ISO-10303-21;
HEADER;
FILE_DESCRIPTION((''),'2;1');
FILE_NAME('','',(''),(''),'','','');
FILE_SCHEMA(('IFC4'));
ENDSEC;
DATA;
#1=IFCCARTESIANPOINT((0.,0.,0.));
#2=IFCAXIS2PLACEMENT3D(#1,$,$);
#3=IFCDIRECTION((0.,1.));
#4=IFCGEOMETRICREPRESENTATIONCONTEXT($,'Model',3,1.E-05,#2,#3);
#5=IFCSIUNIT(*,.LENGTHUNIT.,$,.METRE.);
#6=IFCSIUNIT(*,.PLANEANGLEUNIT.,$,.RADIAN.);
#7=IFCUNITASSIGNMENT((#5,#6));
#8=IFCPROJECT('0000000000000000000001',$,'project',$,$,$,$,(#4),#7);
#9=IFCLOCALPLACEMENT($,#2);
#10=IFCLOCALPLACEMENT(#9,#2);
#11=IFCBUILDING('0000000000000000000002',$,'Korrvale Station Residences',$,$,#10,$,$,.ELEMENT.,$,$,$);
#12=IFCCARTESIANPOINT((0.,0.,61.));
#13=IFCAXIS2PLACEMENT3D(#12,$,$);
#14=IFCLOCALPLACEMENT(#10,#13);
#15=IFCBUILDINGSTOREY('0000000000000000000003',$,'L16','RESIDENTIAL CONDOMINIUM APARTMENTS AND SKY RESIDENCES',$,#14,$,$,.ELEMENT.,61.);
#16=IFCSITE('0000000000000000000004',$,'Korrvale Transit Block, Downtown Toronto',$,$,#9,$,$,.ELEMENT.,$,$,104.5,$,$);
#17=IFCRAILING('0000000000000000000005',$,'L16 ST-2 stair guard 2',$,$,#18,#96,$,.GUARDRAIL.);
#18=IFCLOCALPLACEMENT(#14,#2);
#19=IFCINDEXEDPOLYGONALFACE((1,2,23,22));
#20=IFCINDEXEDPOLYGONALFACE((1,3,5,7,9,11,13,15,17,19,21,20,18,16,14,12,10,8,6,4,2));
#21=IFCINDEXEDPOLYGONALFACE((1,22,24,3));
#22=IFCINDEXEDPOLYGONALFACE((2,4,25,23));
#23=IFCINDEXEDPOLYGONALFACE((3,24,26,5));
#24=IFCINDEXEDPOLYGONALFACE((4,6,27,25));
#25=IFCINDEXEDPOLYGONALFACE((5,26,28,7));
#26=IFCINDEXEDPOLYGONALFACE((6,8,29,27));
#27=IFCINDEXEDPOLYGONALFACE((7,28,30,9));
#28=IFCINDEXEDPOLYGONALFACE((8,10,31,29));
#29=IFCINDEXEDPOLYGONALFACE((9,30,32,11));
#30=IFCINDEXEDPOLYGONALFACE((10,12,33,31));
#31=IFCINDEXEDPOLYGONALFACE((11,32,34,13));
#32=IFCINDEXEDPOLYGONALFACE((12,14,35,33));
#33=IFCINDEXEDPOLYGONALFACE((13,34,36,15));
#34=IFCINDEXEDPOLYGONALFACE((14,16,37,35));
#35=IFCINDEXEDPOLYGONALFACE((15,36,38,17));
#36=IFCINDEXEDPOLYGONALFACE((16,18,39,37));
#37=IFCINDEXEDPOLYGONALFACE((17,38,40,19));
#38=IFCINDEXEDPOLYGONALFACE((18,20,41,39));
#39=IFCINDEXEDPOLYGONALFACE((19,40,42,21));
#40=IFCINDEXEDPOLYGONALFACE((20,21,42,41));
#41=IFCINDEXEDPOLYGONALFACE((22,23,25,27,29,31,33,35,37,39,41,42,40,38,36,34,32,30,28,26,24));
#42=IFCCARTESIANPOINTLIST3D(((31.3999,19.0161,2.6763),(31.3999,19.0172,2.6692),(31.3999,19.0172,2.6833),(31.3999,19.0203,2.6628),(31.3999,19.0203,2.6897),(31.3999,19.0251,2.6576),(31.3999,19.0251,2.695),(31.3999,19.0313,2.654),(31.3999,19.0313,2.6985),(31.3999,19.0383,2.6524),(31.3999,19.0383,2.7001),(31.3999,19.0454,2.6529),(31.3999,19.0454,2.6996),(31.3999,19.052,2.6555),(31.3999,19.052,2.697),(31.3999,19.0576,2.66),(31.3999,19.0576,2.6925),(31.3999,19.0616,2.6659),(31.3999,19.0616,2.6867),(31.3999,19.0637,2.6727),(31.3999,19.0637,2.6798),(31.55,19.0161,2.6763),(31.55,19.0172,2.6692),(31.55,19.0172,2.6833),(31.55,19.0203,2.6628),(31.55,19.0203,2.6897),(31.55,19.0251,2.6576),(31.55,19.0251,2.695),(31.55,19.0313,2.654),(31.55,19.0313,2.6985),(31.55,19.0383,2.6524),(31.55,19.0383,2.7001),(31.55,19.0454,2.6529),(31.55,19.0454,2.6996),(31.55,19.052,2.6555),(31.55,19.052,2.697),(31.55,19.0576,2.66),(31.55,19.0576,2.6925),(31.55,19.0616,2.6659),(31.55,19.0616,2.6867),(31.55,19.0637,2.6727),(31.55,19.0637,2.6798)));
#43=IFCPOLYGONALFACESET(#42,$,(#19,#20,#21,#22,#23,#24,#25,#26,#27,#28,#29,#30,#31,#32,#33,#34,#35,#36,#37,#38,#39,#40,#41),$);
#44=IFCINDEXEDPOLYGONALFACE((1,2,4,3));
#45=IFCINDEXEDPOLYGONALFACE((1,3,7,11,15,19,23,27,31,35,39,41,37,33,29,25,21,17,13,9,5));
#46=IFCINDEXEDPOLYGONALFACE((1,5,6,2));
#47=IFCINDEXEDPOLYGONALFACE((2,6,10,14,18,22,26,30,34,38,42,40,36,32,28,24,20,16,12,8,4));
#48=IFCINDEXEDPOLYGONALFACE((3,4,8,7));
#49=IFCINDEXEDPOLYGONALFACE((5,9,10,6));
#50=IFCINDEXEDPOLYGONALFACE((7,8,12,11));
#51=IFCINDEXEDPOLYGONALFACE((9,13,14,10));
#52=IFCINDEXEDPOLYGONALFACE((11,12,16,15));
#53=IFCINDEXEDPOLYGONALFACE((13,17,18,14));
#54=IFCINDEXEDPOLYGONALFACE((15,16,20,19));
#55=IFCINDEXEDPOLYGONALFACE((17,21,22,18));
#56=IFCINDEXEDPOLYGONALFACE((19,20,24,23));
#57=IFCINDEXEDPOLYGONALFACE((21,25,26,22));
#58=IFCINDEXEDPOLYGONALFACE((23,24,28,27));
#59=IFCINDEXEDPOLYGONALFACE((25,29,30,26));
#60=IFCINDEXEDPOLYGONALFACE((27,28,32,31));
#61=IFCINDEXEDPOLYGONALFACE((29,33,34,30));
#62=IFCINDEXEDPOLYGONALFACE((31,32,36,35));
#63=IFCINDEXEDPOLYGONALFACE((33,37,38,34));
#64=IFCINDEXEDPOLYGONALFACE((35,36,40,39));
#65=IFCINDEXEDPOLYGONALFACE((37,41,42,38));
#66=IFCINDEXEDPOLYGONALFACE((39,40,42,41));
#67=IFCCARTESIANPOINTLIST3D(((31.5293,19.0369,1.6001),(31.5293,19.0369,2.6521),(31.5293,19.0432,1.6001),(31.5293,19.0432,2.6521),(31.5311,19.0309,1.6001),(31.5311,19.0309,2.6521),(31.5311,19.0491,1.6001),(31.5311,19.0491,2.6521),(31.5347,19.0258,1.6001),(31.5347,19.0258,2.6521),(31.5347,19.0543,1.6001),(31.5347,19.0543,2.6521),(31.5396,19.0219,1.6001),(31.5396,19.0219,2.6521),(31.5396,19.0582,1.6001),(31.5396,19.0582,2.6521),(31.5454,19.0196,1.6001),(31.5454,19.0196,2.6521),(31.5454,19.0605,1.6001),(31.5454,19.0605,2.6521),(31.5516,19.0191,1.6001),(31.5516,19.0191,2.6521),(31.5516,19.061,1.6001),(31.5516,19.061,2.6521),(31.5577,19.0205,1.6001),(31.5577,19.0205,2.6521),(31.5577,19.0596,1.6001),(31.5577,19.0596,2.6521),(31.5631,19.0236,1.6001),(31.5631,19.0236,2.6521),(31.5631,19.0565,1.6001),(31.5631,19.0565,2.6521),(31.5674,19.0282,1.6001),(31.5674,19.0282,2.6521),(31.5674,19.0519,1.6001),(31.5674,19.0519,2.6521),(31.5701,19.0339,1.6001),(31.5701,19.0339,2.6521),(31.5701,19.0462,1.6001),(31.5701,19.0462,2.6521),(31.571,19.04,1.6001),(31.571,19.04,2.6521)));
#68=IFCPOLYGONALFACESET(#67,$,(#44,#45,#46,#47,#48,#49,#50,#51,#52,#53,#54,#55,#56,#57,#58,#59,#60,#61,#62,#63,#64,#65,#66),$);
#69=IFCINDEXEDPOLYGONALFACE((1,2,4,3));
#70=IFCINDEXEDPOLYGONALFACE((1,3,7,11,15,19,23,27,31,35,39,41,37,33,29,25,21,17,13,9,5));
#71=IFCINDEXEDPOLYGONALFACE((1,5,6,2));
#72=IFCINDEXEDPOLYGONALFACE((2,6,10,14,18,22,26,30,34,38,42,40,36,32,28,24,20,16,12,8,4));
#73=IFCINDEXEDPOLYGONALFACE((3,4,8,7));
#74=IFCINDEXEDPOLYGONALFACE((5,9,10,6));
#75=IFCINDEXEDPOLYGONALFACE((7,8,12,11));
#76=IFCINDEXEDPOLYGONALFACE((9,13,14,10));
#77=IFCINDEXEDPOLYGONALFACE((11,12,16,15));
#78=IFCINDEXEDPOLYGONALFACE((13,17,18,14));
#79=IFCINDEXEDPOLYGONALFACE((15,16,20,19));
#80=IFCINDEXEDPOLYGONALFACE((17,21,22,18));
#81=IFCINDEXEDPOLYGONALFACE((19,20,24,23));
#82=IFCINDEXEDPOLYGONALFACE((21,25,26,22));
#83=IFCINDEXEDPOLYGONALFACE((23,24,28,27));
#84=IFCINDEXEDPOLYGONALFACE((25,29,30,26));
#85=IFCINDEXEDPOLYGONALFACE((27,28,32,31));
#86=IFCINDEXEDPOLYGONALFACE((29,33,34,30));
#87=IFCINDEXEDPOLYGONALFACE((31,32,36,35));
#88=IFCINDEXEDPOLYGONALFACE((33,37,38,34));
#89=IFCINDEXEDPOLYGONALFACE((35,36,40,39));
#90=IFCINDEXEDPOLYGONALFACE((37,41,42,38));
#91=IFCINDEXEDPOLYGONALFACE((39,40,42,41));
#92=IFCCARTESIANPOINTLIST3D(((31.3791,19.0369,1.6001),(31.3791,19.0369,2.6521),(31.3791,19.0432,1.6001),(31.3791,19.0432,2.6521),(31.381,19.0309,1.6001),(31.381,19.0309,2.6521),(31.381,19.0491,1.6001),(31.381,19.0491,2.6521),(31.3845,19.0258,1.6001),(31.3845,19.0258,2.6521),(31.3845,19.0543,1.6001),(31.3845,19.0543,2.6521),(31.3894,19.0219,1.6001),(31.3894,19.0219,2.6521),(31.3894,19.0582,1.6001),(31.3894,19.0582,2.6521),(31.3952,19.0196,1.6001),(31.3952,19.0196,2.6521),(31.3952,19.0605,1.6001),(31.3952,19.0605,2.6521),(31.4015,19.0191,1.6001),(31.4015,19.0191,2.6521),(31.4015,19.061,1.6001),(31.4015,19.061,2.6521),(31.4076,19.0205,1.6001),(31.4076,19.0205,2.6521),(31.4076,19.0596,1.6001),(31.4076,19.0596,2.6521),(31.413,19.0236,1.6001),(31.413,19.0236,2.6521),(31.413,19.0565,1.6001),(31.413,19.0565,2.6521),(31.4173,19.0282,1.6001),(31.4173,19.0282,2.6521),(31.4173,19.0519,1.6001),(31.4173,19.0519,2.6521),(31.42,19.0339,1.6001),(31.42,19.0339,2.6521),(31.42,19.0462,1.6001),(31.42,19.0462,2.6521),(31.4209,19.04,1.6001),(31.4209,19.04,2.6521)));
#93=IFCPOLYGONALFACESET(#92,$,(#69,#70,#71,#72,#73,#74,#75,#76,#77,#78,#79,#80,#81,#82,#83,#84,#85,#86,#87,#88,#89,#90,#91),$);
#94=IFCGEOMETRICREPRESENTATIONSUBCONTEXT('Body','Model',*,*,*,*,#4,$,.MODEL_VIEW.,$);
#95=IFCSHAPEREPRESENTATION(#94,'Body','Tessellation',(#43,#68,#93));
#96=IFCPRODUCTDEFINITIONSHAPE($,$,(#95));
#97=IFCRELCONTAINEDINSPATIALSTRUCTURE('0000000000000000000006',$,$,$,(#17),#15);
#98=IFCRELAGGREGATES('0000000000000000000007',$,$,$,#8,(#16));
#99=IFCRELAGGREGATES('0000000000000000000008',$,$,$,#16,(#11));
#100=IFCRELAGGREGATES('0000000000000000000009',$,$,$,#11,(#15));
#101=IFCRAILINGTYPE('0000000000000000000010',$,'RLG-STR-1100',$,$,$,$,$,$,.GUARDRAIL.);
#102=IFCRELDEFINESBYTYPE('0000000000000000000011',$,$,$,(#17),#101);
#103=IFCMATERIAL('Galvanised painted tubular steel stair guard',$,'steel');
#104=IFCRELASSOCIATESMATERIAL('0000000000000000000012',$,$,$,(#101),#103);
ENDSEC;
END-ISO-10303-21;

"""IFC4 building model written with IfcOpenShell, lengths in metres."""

from ifc_helpers import new_model, si_unit, direction, frame, origin, origin_2d, place, context, subcontext, project, spatial, circle, extrude, material, type_object, element, save


model = new_model("IFC4")

# Units and contexts
model_context = context("Model", 3, precision=1e-05, world=origin(), true_north=direction((0.0, 1.0)))
body_context = subcontext(model_context, "Body", "Model", "MODEL_VIEW")
ifc_project = project(units=[si_unit("LENGTHUNIT", "METRE"), si_unit("PLANEANGLEUNIT", "RADIAN")], contexts=[model_context])

# Site, building, storey
site_placement = place(None, origin())
site = spatial("IfcSite", under=ifc_project, at=site_placement, Name="Korrvale Transit Block, Downtown Toronto", CompositionType="ELEMENT", RefElevation=104.5)
building_placement = place(site_placement, origin())
building = spatial("IfcBuilding", under=site, at=building_placement, Name="Korrvale Station Residences", CompositionType="ELEMENT")
storey_placement = place(building_placement, frame((0.0, 0.0, 61.0)))
storey = spatial("IfcBuildingStorey", under=building, at=storey_placement, Name="L16", Description="RESIDENTIAL CONDOMINIUM APARTMENTS AND SKY RESIDENCES", CompositionType="ELEMENT", Elevation=61.0)

# Railing
ifc_material_1 = material(Name="Galvanised painted tubular steel stair guard", Category="steel")
railing_type_1 = type_object("IfcRailingType", Name="RLG-STR-1100", PredefinedType="GUARDRAIL", material=ifc_material_1)
railing_1_placement = place(storey_placement, frame((31.55, 19.04, 1.6001)))
element("IfcRailing", 1, at=railing_1_placement, inside=storey, type_object=railing_type_1, Name="L16 ST-2 stair guard 2", PredefinedType="GUARDRAIL", context=body_context, shape_type="SweptSolid", body=[
    extrude(circle(Radius=0.0239, at=origin_2d()), frame((0.0, 0.0, 1.0762), z_axis=(-1.0, 0.0, 0.0), x_axis=(0.0, -1.0, 0.0)), (0.0, 0.0, 1.0), 0.1501),
    extrude(circle(Radius=0.021, at=origin_2d()), origin(), (0.0, 0.0, 1.0), 1.052),
    extrude(circle(Radius=0.021, at=origin_2d()), frame((-0.1501, 0.0, 0.0)), (0.0, 0.0, 1.0), 1.052),
])

save(model, "model.ifc")
